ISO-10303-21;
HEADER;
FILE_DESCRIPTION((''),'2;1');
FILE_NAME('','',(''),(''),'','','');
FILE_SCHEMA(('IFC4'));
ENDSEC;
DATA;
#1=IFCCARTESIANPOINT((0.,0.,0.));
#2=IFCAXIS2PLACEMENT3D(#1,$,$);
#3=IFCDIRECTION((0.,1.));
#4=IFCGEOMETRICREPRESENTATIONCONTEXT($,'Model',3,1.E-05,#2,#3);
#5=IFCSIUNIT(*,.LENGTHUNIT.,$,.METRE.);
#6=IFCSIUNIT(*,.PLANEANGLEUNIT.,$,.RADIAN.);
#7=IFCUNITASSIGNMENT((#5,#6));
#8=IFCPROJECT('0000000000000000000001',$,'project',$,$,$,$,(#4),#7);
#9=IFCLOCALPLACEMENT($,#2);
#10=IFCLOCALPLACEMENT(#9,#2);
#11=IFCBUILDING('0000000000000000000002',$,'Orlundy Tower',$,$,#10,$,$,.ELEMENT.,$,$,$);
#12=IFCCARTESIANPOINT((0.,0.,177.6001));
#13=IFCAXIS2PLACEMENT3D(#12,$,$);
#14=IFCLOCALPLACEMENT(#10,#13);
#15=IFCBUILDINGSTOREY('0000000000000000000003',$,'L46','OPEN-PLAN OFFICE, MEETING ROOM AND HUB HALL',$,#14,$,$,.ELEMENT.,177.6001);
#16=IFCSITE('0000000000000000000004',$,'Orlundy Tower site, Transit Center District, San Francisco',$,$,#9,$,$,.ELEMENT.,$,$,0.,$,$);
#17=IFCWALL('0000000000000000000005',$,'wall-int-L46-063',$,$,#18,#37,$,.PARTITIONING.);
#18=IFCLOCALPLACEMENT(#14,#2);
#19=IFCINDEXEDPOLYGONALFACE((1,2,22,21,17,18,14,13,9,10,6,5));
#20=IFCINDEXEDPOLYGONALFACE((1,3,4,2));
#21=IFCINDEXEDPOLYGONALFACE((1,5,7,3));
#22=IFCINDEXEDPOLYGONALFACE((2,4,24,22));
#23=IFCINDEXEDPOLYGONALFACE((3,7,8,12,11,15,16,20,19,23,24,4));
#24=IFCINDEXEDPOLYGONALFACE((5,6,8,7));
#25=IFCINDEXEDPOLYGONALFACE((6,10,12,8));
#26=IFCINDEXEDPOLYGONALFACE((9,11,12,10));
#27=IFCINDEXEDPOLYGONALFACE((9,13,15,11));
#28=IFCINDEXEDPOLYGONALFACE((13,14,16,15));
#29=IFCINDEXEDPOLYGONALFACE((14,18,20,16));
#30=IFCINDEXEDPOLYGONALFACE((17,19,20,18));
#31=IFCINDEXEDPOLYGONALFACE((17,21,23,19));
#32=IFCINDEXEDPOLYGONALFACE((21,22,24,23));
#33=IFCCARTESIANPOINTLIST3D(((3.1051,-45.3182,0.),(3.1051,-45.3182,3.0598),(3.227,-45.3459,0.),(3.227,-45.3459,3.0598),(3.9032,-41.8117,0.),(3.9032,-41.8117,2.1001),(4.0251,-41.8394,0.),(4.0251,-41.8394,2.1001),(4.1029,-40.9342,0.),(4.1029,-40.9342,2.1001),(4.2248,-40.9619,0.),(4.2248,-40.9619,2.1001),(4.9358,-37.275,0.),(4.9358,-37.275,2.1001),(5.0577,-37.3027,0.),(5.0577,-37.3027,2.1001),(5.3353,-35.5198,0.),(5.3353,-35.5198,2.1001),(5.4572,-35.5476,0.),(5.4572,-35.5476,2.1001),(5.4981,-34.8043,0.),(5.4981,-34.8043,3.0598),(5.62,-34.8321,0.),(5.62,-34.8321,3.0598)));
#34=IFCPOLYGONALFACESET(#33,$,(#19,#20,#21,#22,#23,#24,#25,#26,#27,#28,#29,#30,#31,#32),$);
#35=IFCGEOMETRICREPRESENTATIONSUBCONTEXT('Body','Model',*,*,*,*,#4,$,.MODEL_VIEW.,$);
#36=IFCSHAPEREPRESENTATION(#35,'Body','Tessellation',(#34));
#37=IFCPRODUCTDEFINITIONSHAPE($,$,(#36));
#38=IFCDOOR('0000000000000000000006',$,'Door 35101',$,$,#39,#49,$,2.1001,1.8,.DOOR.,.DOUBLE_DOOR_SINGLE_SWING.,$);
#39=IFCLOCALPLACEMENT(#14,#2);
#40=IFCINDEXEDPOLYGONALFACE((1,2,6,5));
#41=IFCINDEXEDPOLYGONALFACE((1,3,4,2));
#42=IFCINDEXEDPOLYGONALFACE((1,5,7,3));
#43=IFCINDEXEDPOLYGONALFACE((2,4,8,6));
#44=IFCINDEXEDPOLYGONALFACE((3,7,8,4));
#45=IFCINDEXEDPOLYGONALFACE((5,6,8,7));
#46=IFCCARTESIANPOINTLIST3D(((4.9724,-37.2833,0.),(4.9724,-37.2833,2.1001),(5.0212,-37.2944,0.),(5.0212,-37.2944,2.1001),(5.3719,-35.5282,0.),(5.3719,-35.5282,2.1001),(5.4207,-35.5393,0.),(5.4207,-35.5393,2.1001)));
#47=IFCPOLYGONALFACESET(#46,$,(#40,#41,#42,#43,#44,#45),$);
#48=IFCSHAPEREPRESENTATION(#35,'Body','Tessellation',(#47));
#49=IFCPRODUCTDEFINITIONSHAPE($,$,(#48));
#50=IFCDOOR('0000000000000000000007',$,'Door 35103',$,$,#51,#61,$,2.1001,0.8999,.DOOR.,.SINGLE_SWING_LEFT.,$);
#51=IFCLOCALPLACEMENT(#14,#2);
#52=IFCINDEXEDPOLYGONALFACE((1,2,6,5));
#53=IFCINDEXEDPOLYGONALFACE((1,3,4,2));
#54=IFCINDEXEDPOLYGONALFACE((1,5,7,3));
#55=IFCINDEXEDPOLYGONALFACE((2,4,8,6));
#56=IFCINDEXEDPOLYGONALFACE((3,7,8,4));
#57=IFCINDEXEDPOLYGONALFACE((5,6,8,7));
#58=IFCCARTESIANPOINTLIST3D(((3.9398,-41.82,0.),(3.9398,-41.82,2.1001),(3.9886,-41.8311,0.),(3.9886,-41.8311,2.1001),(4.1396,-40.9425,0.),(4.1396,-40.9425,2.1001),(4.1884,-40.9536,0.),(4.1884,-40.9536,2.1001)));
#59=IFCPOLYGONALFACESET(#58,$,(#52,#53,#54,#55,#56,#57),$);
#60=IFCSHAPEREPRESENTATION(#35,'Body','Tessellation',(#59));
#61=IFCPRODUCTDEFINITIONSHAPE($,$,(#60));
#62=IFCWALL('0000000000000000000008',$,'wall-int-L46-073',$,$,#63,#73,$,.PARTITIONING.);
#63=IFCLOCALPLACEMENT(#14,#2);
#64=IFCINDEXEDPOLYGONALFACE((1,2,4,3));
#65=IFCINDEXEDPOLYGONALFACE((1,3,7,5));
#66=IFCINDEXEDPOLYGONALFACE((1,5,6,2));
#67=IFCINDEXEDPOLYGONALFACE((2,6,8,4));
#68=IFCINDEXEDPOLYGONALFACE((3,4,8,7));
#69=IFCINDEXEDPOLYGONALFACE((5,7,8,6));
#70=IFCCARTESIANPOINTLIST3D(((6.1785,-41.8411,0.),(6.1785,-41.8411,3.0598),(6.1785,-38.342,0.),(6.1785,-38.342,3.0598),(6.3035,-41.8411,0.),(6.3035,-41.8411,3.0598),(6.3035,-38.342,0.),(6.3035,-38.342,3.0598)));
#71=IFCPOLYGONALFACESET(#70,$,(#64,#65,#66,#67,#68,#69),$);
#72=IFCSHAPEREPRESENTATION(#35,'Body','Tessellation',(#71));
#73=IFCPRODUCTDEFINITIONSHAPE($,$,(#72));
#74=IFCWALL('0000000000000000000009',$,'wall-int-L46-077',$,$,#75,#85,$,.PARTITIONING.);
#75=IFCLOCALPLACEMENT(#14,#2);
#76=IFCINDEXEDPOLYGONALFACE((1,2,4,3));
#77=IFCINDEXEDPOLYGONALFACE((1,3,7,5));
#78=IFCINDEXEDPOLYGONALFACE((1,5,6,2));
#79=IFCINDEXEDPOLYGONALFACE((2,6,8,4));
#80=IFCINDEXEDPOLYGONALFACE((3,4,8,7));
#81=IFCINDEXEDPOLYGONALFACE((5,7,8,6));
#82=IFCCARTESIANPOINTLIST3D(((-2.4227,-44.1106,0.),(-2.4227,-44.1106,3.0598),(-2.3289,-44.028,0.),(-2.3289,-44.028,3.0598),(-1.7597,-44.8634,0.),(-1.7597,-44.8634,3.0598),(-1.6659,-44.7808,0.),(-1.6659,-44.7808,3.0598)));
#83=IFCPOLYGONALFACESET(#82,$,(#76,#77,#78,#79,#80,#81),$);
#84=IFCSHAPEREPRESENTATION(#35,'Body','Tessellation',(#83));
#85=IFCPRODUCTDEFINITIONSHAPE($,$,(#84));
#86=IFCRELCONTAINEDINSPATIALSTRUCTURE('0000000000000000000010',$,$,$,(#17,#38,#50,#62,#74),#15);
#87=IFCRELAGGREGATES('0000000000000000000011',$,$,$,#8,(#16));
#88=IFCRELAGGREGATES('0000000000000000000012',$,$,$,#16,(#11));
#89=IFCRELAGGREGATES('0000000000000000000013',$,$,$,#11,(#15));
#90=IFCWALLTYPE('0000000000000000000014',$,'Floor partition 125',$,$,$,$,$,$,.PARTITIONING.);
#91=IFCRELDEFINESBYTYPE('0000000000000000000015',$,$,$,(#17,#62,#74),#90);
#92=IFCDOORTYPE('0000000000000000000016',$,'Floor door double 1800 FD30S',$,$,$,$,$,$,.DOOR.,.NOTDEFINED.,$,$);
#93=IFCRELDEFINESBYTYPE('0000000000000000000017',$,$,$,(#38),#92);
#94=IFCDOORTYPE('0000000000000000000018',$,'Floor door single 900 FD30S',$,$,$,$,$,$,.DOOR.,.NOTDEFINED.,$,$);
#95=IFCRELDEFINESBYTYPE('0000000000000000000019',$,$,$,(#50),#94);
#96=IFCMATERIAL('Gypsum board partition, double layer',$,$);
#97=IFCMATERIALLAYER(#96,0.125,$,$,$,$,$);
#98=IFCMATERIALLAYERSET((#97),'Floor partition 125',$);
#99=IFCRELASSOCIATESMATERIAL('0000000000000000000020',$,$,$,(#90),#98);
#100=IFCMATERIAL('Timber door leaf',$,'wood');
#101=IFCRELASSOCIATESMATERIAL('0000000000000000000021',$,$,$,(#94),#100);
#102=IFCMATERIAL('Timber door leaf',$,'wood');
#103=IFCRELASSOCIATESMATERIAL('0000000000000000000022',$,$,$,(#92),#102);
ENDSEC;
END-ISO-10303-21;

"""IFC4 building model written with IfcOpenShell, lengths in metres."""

from ifc_helpers import new_model, si_unit, direction, frame, frame_2d, origin, place, context, subcontext, project, spatial, rectangle, extrude, material, layer, layer_set, type_object, element, fill, save


model = new_model("IFC4")

# Units and contexts
model_context = context("Model", 3, precision=1e-05, world=origin(), true_north=direction((0.0, 1.0)))
body_context = subcontext(model_context, "Body", "Model", "MODEL_VIEW")
ifc_project = project(units=[si_unit("LENGTHUNIT", "METRE"), si_unit("PLANEANGLEUNIT", "RADIAN")], contexts=[model_context])

# Site, building, storey
site_placement = place(None, origin())
site = spatial("IfcSite", under=ifc_project, at=site_placement, Name="Orlundy Tower site, Transit Center District, San Francisco", CompositionType="ELEMENT", RefElevation=0.0)
building_placement = place(site_placement, origin())
building = spatial("IfcBuilding", under=site, at=building_placement, Name="Orlundy Tower", CompositionType="ELEMENT")
storey_placement = place(building_placement, frame((0.0, 0.0, 177.6001)))
storey = spatial("IfcBuildingStorey", under=building, at=storey_placement, Name="L46", Description="OPEN-PLAN OFFICE, MEETING ROOM AND HUB HALL", CompositionType="ELEMENT", Elevation=177.6001)

# Shared definitions
ifc_material_1 = material(Name="Gypsum board partition, double layer")
ifc_layer_1 = layer(ifc_material_1, 0.125)
ifc_layer_set_1 = layer_set([ifc_layer_1], Name="Floor partition 125")
wall_type_1 = type_object("IfcWallType", Name="Floor partition 125", PredefinedType="PARTITIONING", material=ifc_layer_set_1)

# Shared definitions
ifc_material_2 = material(Name="Timber door leaf", Category="wood")
door_type_1 = type_object("IfcDoorType", Name="Floor door single 900 FD30S", OperationType="NOTDEFINED", PredefinedType="DOOR", material=ifc_material_2)

# Wall, openings, doors
wall_1_placement = place(storey_placement, frame((3.166, -45.332, 0.0), z_axis=(0.0, 0.0, 1.0), x_axis=(0.221933, 0.975062, 0.0)))
wall_1 = element("IfcWall", 1, at=wall_1_placement, inside=storey, type_object=wall_type_1, Name="wall-int-L46-063", PredefinedType="PARTITIONING", context=body_context, shape_type="SweptSolid", body=[
    extrude(rectangle(XDim=10.7827, YDim=0.125, at=frame_2d((5.3914, 0.0))), origin(), (0.0, 0.0, 1.0), 3.0598),
])
opening_1_placement = place(wall_1_placement, frame((8.249, 0.0, 0.0)))
opening_1 = element("IfcOpeningElement", 2, at=opening_1_placement, cuts=wall_1, PredefinedType="OPENING", context=body_context, shape_type="SweptSolid", body=[
    extrude(rectangle(XDim=1.8, YDim=2.1001, at=frame_2d((0.8999, 1.05))), frame((0.0, 0.0725, 0.0), z_axis=(0.0, -1.0, 0.0), x_axis=(1.0, 0.0, 0.0)), (0.0, 0.0, 1.0), 0.145),
])
opening_2_placement = place(wall_1_placement, frame((3.5962, 0.0, 0.0)))
opening_2 = element("IfcOpeningElement", 3, at=opening_2_placement, cuts=wall_1, PredefinedType="OPENING", context=body_context, shape_type="SweptSolid", body=[
    extrude(rectangle(XDim=0.8999, YDim=2.1001, at=frame_2d((0.45, 1.05))), frame((0.0, 0.0725, 0.0), z_axis=(0.0, -1.0, 0.0), x_axis=(1.0, 0.0, 0.0)), (0.0, 0.0, 1.0), 0.145),
])
ifc_material_3 = material(Name="Timber door leaf", Category="wood")
door_type_2 = type_object("IfcDoorType", Name="Floor door double 1800 FD30S", OperationType="NOTDEFINED", PredefinedType="DOOR", material=ifc_material_3)
door_1_placement = place(opening_1_placement, origin())
door_1 = element("IfcDoor", 4, at=door_1_placement, inside=storey, type_object=door_type_2, Name="Door 35101", OperationType="DOUBLE_DOOR_SINGLE_SWING", OverallHeight=2.1001, OverallWidth=1.8, PredefinedType="DOOR", context=body_context, shape_type="SweptSolid", body=[
    extrude(rectangle(XDim=1.8, YDim=2.1001, at=frame_2d((0.8999, 1.05))), frame((0.0, 0.0249, 0.0), z_axis=(0.0, -1.0, 0.0), x_axis=(1.0, 0.0, 0.0)), (0.0, 0.0, 1.0), 0.05),
])
fill(opening_1, door_1)
door_2_placement = place(opening_2_placement, origin())
door_2 = element("IfcDoor", 5, at=door_2_placement, inside=storey, type_object=door_type_1, Name="Door 35103", OperationType="SINGLE_SWING_LEFT", OverallHeight=2.1001, OverallWidth=0.8999, PredefinedType="DOOR", context=body_context, shape_type="SweptSolid", body=[
    extrude(rectangle(XDim=0.8999, YDim=2.1001, at=frame_2d((0.45, 1.05))), frame((0.0, 0.0249, 0.0), z_axis=(0.0, -1.0, 0.0), x_axis=(1.0, 0.0, 0.0)), (0.0, 0.0, 1.0), 0.05),
])
fill(opening_2, door_2)

# Walls
wall_2_placement = place(storey_placement, frame((6.241, -41.8411, 0.0), z_axis=(0.0, 0.0, 1.0), x_axis=(0.0, 1.0, 0.0)))
element("IfcWall", 6, at=wall_2_placement, inside=storey, type_object=wall_type_1, Name="wall-int-L46-073", PredefinedType="PARTITIONING", context=body_context, shape_type="SweptSolid", body=[
    extrude(rectangle(XDim=3.499, YDim=0.125, at=frame_2d((1.7495, 0.0))), origin(), (0.0, 0.0, 1.0), 3.0598),
])
wall_3_placement = place(storey_placement, frame((-1.7129, -44.822, 0.0), z_axis=(0.0, 0.0, 1.0), x_axis=(-0.660913, 0.750462, 0.0)))
element("IfcWall", 7, at=wall_3_placement, inside=storey, type_object=wall_type_1, Name="wall-int-L46-077", PredefinedType="PARTITIONING", context=body_context, shape_type="SweptSolid", body=[
    extrude(rectangle(XDim=1.0032, YDim=0.125, at=frame_2d((0.5015, 0.0))), origin(), (0.0, 0.0, 1.0), 3.0598),
])

save(model, "model.ifc")
